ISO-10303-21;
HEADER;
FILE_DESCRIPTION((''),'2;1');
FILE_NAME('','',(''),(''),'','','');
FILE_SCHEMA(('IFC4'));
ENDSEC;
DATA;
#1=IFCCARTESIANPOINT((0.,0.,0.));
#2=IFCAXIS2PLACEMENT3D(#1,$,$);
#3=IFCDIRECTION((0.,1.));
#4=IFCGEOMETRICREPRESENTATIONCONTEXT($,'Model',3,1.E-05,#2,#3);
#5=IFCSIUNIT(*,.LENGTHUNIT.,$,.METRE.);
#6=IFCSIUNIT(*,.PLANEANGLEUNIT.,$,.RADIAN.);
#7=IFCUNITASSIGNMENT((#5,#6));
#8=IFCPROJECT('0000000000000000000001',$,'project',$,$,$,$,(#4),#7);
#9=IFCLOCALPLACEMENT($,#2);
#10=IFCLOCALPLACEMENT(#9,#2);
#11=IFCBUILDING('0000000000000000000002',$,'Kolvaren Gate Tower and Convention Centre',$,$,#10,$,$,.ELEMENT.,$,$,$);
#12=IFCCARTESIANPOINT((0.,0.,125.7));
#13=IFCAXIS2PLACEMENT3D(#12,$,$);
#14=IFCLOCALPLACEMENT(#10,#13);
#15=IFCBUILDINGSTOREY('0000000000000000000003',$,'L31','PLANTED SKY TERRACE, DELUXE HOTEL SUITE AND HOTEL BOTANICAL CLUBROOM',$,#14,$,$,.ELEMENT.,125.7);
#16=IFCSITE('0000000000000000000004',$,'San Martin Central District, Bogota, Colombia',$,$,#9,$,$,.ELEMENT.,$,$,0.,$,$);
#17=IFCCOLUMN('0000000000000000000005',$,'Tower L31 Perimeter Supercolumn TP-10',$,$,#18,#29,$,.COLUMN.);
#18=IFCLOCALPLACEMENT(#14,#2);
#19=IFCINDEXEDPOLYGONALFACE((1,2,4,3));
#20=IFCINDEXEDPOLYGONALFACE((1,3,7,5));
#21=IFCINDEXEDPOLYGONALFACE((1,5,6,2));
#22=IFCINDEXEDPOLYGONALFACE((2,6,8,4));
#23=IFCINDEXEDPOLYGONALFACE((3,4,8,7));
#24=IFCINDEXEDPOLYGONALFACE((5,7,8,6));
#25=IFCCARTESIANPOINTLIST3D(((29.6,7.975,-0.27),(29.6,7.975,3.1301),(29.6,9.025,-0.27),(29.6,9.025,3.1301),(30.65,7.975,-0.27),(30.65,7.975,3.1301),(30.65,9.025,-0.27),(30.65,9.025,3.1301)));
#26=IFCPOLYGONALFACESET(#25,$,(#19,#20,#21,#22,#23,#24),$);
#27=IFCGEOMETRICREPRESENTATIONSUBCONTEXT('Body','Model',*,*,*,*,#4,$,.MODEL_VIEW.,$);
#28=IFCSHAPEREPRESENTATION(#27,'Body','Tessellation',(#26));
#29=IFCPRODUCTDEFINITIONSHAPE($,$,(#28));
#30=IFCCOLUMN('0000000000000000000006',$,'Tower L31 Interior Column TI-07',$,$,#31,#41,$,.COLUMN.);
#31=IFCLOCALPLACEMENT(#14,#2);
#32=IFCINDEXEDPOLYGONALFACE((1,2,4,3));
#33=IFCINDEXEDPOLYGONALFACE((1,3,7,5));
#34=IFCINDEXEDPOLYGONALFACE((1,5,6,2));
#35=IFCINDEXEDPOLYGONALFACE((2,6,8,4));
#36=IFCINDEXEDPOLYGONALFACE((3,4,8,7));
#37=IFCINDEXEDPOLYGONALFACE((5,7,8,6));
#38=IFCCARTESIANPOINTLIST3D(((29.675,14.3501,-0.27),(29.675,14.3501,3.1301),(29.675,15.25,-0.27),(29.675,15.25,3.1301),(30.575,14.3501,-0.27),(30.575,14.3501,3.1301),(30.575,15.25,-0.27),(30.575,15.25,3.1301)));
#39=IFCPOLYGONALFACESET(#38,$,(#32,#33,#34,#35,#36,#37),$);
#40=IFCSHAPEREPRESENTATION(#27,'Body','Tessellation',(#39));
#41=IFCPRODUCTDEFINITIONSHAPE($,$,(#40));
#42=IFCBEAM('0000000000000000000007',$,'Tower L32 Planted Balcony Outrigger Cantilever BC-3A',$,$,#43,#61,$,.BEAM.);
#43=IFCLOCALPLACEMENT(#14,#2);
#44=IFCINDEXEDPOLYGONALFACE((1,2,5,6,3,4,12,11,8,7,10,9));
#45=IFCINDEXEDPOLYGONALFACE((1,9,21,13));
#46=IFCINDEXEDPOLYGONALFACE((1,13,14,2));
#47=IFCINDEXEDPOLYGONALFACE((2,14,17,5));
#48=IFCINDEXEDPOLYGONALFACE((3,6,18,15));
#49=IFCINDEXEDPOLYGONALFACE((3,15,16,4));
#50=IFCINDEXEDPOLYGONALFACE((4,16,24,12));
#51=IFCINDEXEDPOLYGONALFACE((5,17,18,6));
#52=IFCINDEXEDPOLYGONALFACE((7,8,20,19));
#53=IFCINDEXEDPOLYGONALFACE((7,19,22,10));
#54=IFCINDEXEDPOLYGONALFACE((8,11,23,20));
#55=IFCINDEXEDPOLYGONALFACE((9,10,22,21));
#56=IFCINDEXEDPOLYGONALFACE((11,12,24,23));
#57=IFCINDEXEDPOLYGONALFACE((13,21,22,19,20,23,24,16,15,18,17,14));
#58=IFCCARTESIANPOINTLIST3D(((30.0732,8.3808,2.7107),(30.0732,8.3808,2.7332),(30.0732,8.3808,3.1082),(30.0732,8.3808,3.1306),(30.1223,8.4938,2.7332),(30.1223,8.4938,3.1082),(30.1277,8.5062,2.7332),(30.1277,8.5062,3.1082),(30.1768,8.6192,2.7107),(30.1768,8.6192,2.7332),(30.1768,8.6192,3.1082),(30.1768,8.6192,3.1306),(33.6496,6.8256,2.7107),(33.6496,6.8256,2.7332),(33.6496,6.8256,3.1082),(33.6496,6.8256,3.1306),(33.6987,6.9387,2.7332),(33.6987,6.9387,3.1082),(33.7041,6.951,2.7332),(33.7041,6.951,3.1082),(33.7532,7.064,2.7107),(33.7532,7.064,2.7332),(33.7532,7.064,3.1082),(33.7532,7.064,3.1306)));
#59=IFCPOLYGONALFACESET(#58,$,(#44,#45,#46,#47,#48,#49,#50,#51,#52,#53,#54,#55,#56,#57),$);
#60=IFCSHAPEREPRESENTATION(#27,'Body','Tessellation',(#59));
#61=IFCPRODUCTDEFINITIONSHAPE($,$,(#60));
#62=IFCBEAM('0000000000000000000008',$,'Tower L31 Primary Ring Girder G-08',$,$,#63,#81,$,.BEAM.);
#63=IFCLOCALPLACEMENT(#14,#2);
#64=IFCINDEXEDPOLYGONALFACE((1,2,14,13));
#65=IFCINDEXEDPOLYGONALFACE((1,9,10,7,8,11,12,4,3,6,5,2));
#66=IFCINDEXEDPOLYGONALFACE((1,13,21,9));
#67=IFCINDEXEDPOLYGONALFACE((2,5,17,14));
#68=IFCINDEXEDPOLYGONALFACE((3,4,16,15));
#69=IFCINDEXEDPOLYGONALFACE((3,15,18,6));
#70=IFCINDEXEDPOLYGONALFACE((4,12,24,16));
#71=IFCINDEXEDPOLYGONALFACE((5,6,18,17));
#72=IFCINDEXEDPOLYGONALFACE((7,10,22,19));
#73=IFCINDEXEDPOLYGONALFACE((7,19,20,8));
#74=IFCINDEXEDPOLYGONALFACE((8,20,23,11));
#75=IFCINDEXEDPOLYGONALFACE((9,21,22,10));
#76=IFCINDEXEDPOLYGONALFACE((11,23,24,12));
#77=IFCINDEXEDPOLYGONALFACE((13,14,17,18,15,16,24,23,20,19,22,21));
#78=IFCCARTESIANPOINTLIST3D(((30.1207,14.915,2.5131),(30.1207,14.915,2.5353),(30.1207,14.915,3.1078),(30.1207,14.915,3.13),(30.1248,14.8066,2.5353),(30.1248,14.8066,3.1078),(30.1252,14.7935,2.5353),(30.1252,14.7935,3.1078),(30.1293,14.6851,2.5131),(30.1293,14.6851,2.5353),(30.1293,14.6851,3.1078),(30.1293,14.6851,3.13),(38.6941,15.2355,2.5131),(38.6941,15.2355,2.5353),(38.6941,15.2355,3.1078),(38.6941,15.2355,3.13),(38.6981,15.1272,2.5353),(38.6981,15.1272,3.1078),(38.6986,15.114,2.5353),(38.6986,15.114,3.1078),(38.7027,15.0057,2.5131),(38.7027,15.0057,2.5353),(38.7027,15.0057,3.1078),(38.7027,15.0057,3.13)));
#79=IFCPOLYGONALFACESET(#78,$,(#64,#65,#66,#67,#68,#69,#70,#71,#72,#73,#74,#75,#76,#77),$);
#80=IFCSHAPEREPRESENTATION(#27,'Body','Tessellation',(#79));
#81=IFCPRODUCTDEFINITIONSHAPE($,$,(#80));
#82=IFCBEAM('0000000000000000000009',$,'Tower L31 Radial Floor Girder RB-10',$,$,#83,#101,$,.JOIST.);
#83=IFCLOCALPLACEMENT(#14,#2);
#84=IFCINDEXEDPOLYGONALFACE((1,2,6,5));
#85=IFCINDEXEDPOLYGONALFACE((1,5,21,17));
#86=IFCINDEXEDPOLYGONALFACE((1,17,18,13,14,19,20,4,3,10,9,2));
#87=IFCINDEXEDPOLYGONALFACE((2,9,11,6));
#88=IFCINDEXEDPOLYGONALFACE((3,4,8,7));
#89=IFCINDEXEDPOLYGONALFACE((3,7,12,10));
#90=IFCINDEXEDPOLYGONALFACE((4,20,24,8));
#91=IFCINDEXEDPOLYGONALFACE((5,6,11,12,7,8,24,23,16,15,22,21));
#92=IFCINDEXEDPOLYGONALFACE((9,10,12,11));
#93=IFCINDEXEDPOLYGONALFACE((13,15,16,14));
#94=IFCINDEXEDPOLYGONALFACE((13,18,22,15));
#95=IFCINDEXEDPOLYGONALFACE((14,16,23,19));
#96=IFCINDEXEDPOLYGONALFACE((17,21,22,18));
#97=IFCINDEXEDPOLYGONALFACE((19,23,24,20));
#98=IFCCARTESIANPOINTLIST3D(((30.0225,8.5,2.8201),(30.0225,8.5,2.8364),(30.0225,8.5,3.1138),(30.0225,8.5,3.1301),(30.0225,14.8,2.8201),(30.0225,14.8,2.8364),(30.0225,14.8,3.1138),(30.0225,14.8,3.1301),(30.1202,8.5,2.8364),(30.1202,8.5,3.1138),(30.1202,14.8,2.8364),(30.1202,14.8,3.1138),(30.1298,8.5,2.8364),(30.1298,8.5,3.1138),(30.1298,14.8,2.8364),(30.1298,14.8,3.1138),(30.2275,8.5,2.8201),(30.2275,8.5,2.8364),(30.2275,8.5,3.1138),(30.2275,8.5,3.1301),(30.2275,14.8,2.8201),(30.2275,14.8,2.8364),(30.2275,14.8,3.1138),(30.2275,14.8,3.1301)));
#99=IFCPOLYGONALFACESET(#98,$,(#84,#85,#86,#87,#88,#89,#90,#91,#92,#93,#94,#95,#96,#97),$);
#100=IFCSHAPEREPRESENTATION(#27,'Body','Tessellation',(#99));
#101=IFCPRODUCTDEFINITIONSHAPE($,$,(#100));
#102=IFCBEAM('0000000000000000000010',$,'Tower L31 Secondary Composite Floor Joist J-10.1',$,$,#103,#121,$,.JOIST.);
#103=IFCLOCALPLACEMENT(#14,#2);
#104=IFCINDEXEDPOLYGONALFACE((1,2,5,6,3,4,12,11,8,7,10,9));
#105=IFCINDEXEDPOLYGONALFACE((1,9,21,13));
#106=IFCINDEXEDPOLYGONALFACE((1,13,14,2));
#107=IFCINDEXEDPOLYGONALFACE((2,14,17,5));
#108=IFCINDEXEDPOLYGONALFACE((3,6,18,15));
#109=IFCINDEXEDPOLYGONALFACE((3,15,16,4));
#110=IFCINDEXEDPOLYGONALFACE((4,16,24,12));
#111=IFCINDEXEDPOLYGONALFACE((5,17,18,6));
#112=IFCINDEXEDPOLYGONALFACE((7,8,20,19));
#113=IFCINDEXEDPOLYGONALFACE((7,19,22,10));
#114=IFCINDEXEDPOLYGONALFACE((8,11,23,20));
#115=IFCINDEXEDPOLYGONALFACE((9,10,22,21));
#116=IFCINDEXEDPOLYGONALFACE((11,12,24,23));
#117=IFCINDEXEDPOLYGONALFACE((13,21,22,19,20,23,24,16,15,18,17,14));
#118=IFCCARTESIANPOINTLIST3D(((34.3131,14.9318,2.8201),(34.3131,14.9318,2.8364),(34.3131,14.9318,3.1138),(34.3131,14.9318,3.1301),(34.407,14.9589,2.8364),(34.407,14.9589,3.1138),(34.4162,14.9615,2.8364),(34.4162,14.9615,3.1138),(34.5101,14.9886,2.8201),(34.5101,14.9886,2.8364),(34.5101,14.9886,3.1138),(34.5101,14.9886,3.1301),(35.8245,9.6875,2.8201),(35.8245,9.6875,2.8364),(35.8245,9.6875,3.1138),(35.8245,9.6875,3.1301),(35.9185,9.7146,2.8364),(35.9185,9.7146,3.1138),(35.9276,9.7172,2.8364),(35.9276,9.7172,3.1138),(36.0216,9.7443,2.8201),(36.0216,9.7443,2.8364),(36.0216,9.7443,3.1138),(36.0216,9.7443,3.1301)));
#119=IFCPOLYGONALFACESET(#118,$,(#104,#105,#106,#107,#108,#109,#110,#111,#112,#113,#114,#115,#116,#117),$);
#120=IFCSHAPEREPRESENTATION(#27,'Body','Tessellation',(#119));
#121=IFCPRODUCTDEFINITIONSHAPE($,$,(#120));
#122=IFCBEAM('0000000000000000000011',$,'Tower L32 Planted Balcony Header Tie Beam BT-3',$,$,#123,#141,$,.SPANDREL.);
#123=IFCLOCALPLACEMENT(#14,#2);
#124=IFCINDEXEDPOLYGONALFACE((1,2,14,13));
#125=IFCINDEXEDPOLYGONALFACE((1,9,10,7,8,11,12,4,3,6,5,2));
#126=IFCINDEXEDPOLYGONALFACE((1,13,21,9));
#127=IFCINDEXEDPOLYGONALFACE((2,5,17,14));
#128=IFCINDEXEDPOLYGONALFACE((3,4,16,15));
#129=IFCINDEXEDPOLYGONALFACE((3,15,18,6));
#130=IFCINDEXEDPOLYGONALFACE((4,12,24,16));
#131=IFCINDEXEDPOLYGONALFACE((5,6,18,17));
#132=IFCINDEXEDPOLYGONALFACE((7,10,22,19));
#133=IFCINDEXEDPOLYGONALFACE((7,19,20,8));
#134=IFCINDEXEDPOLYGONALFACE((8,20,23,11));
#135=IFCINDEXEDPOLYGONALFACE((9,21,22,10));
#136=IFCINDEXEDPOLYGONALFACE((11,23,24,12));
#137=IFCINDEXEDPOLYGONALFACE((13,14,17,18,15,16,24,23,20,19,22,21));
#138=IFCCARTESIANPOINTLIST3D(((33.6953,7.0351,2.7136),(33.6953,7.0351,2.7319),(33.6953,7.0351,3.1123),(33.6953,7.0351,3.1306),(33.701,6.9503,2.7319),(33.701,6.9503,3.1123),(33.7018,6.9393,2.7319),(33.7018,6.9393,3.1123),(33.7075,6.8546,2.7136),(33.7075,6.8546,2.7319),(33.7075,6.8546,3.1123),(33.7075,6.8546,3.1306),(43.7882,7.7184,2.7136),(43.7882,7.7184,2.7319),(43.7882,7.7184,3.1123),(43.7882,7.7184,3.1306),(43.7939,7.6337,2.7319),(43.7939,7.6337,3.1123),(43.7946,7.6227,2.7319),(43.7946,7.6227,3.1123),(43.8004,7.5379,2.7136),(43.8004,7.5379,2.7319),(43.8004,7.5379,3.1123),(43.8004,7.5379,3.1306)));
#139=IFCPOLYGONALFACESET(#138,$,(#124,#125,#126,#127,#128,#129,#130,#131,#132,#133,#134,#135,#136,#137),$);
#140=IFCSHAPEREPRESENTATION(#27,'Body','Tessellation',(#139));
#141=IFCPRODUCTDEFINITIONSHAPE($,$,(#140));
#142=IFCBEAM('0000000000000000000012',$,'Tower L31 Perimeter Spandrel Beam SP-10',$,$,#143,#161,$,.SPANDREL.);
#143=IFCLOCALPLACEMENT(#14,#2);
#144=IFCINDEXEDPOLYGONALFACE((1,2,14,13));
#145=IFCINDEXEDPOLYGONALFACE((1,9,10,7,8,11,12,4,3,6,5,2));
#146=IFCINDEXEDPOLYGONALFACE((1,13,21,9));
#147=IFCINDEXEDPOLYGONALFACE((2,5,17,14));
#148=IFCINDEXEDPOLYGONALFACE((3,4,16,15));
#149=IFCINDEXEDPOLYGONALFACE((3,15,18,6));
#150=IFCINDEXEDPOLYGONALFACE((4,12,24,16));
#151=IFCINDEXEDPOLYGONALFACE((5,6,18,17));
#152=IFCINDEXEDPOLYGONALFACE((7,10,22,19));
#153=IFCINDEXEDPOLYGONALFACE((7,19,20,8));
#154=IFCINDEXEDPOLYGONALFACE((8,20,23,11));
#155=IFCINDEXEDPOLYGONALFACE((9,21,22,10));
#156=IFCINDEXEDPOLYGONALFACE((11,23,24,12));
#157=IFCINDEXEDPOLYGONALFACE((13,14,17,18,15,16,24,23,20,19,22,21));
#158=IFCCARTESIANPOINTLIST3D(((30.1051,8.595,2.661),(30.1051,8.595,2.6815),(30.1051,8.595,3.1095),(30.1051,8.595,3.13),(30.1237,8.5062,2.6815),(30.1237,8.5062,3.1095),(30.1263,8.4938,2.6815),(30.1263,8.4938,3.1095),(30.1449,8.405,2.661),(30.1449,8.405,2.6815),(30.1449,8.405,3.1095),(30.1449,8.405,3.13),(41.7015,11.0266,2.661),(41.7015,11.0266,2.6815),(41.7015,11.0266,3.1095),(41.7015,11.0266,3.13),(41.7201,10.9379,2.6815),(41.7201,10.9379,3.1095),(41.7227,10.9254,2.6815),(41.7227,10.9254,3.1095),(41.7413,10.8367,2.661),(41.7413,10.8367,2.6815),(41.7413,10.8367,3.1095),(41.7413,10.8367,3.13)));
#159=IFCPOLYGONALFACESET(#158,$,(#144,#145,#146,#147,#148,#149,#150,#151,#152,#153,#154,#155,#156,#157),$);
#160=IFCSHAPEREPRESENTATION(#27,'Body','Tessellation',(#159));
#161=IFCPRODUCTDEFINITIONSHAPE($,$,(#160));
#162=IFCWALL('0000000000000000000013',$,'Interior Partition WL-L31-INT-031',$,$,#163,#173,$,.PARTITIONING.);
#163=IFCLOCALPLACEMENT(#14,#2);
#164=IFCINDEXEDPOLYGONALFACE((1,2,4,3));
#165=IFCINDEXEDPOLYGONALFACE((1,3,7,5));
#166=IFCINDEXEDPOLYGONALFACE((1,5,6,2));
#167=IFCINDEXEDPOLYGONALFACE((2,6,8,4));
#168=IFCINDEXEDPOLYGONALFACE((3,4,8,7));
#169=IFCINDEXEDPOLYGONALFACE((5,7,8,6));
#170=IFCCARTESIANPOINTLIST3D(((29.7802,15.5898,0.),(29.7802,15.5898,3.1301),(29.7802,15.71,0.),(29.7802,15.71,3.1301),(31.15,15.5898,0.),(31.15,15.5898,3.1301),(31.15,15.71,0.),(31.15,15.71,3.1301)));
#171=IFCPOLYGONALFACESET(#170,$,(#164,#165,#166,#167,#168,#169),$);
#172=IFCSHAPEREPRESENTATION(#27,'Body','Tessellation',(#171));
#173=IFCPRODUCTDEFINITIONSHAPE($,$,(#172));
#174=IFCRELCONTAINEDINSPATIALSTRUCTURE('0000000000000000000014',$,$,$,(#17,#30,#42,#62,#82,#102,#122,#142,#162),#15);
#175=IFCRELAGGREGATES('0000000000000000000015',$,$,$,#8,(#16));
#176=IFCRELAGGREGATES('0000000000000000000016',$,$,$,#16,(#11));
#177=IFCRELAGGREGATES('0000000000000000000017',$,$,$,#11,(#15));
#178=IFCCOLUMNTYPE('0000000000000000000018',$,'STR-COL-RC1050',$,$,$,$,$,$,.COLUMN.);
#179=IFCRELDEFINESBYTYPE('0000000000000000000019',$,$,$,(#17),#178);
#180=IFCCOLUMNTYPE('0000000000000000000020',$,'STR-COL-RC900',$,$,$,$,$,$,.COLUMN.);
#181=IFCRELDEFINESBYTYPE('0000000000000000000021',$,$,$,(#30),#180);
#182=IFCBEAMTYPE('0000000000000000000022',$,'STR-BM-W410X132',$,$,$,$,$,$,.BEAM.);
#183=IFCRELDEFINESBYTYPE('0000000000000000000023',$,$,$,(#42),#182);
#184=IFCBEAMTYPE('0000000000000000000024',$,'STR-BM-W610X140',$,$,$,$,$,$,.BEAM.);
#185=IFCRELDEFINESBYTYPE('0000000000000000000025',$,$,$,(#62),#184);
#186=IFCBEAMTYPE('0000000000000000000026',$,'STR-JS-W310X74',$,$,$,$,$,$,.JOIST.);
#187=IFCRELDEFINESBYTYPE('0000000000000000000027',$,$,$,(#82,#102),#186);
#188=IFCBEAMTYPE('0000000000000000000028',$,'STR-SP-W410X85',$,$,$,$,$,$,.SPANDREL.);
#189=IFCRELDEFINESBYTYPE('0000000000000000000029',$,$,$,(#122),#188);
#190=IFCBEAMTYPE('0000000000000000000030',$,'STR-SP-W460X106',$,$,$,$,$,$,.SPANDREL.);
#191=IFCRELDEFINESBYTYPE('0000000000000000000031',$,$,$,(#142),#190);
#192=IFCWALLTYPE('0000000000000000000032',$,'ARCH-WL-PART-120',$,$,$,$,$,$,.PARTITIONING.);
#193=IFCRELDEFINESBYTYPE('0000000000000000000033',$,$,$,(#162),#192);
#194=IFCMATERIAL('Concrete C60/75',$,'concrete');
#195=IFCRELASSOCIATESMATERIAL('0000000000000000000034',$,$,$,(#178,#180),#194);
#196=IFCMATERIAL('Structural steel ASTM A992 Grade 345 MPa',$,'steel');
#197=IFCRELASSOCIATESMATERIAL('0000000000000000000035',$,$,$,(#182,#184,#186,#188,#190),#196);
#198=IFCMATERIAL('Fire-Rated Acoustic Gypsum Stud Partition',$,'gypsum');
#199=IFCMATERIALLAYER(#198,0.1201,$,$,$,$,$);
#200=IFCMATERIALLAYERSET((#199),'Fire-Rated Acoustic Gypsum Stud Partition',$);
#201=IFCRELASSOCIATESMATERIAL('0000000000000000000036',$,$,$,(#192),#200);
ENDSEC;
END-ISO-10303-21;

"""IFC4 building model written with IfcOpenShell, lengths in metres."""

from ifc_helpers import new_model, si_unit, direction, frame, frame_2d, origin, origin_2d, place, context, subcontext, project, spatial, rectangle, i_section, extrude, material, layer, layer_set, material_profile, profile_set, type_object, element, save


model = new_model("IFC4")

# Units and contexts
model_context = context("Model", 3, precision=1e-05, world=origin(), true_north=direction((0.0, 1.0)))
body_context = subcontext(model_context, "Body", "Model", "MODEL_VIEW")
ifc_project = project(units=[si_unit("LENGTHUNIT", "METRE"), si_unit("PLANEANGLEUNIT", "RADIAN")], contexts=[model_context])

# Site, building, storey
site_placement = place(None, origin())
site = spatial("IfcSite", under=ifc_project, at=site_placement, Name="San Martin Central District, Bogota, Colombia", CompositionType="ELEMENT", RefElevation=0.0)
building_placement = place(site_placement, origin())
building = spatial("IfcBuilding", under=site, at=building_placement, Name="Kolvaren Gate Tower and Convention Centre", CompositionType="ELEMENT")
storey_placement = place(building_placement, frame((0.0, 0.0, 125.7)))
storey = spatial("IfcBuildingStorey", under=building, at=storey_placement, Name="L31", Description="PLANTED SKY TERRACE, DELUXE HOTEL SUITE AND HOTEL BOTANICAL CLUBROOM", CompositionType="ELEMENT", Elevation=125.7)

# Columns
ifc_material_1 = material(Name="Concrete C60/75", Category="concrete")
ifc_material_profile_1 = material_profile(ifc_material_1, rectangle(XDim=1.05, YDim=1.05, at=origin_2d()), Name="RC-COL-1050X1050")
ifc_profile_set_1 = profile_set([ifc_material_profile_1], Name="Concrete C60/75")
column_type_1 = type_object("IfcColumnType", Name="STR-COL-RC1050", PredefinedType="COLUMN", material=ifc_profile_set_1)
column_1_placement = place(storey_placement, frame((30.125, 8.5, -0.27), z_axis=(0.0, 0.0, 1.0), x_axis=(1.0, 0.0, 0.0)))
element("IfcColumn", 1, at=column_1_placement, inside=storey, type_object=column_type_1, Name="Tower L31 Perimeter Supercolumn TP-10", PredefinedType="COLUMN", context=body_context, shape_type="SweptSolid", body=[
    extrude(rectangle(XDim=1.05, YDim=1.05, at=origin_2d()), origin(), (0.0, 0.0, 1.0), 3.4001),
])
ifc_material_profile_2 = material_profile(ifc_material_1, rectangle(XDim=0.8999, YDim=0.8999, at=origin_2d()), Name="RC-COL-900X900")
ifc_profile_set_2 = profile_set([ifc_material_profile_2], Name="Concrete C60/75")
column_type_2 = type_object("IfcColumnType", Name="STR-COL-RC900", PredefinedType="COLUMN", material=ifc_profile_set_2)
column_2_placement = place(storey_placement, frame((30.125, 14.8, -0.27), z_axis=(0.0, 0.0, 1.0), x_axis=(1.0, 0.0, 0.0)))
element("IfcColumn", 2, at=column_2_placement, inside=storey, type_object=column_type_2, Name="Tower L31 Interior Column TI-07", PredefinedType="COLUMN", context=body_context, shape_type="SweptSolid", body=[
    extrude(rectangle(XDim=0.8999, YDim=0.8999, at=origin_2d()), origin(), (0.0, 0.0, 1.0), 3.4001),
])

# Beams
ifc_material_2 = material(Name="Structural steel ASTM A992 Grade 345 MPa", Category="steel")
ifc_material_profile_3 = material_profile(ifc_material_2, i_section(OverallWidth=0.26, OverallDepth=0.4199, WebThickness=0.0134, FlangeThickness=0.0225, at=origin_2d()), Name="W410X132")
ifc_profile_set_3 = profile_set([ifc_material_profile_3], Name="Structural steel ASTM A992 Grade 345 MPa")
beam_type_1 = type_object("IfcBeamType", Name="STR-BM-W410X132", PredefinedType="BEAM", material=ifc_profile_set_3)
beam_1_placement = place(storey_placement, frame((30.125, 8.5, 2.9207), z_axis=(0.91705, -0.398772, 0.0), x_axis=(0.398772, 0.91705, 0.0)))
element("IfcBeam", 3, at=beam_1_placement, inside=storey, type_object=beam_type_1, Name="Tower L32 Planted Balcony Outrigger Cantilever BC-3A", PredefinedType="BEAM", context=body_context, shape_type="SweptSolid", body=[
    extrude(i_section(OverallWidth=0.26, OverallDepth=0.4199, WebThickness=0.0134, FlangeThickness=0.0225, at=origin_2d()), origin(), (0.0, 0.0, 1.0), 3.8999),
])
ifc_material_profile_4 = material_profile(ifc_material_2, i_section(OverallWidth=0.23, OverallDepth=0.6169, WebThickness=0.0132, FlangeThickness=0.0222, at=origin_2d()), Name="W610X140")
ifc_profile_set_4 = profile_set([ifc_material_profile_4], Name="Structural steel ASTM A992 Grade 345 MPa")
beam_type_2 = type_object("IfcBeamType", Name="STR-BM-W610X140", PredefinedType="BEAM", material=ifc_profile_set_4)
beam_2_placement = place(storey_placement, frame((30.125, 14.8, 2.8215), z_axis=(0.999302, 0.037364, 0.0), x_axis=(-0.037364, 0.999302, 0.0)))
element("IfcBeam", 4, at=beam_2_placement, inside=storey, type_object=beam_type_2, Name="Tower L31 Primary Ring Girder G-08", PredefinedType="BEAM", context=body_context, shape_type="SweptSolid", body=[
    extrude(i_section(OverallWidth=0.23, OverallDepth=0.6169, WebThickness=0.0132, FlangeThickness=0.0222, at=origin_2d()), origin(), (0.0, 0.0, 1.0), 8.5793),
])
ifc_material_profile_5 = material_profile(ifc_material_2, i_section(OverallWidth=0.2051, OverallDepth=0.3101, WebThickness=0.0095, FlangeThickness=0.0164, at=origin_2d()), Name="W310X74")
ifc_profile_set_5 = profile_set([ifc_material_profile_5], Name="Structural steel ASTM A992 Grade 345 MPa")
beam_type_3 = type_object("IfcBeamType", Name="STR-JS-W310X74", PredefinedType="JOIST", material=ifc_profile_set_5)
beam_3_placement = place(storey_placement, frame((30.125, 14.8, 2.9751), z_axis=(0.0, -1.0, 0.0), x_axis=(1.0, 0.0, 0.0)))
element("IfcBeam", 5, at=beam_3_placement, inside=storey, type_object=beam_type_3, Name="Tower L31 Radial Floor Girder RB-10", PredefinedType="JOIST", context=body_context, shape_type="SweptSolid", body=[
    extrude(i_section(OverallWidth=0.2051, OverallDepth=0.3101, WebThickness=0.0095, FlangeThickness=0.0164, at=origin_2d()), origin(), (0.0, 0.0, 1.0), 6.3),
])
beam_4_placement = place(storey_placement, frame((34.4116, 14.9602, 2.9751), z_axis=(0.276936, -0.960888, 0.0), x_axis=(0.960888, 0.276936, 0.0)))
element("IfcBeam", 6, at=beam_4_placement, inside=storey, type_object=beam_type_3, Name="Tower L31 Secondary Composite Floor Joist J-10.1", PredefinedType="JOIST", context=body_context, shape_type="SweptSolid", body=[
    extrude(i_section(OverallWidth=0.2051, OverallDepth=0.3101, WebThickness=0.0095, FlangeThickness=0.0164, at=origin_2d()), origin(), (0.0, 0.0, 1.0), 5.4578),
])
ifc_material_profile_6 = material_profile(ifc_material_2, i_section(OverallWidth=0.1809, OverallDepth=0.417, WebThickness=0.011, FlangeThickness=0.0183, at=origin_2d()), Name="W410X85")
ifc_profile_set_6 = profile_set([ifc_material_profile_6], Name="Structural steel ASTM A992 Grade 345 MPa")
beam_type_4 = type_object("IfcBeamType", Name="STR-SP-W410X85", PredefinedType="SPANDREL", material=ifc_profile_set_6)
beam_5_placement = place(storey_placement, frame((33.7014, 6.9448, 2.9221), z_axis=(0.997716, 0.067552, 0.0), x_axis=(-0.067552, 0.997716, 0.0)))
element("IfcBeam", 7, at=beam_5_placement, inside=storey, type_object=beam_type_4, Name="Tower L32 Planted Balcony Header Tie Beam BT-3", PredefinedType="SPANDREL", context=body_context, shape_type="SweptSolid", body=[
    extrude(i_section(OverallWidth=0.1809, OverallDepth=0.417, WebThickness=0.011, FlangeThickness=0.0183, at=origin_2d()), origin(), (0.0, 0.0, 1.0), 10.116),
])
ifc_material_profile_7 = material_profile(ifc_material_2, i_section(OverallWidth=0.1941, OverallDepth=0.469, WebThickness=0.0127, FlangeThickness=0.0205, at=origin_2d()), Name="W460X106")
ifc_profile_set_7 = profile_set([ifc_material_profile_7], Name="Structural steel ASTM A992 Grade 345 MPa")
beam_type_5 = type_object("IfcBeamType", Name="STR-SP-W460X106", PredefinedType="SPANDREL", material=ifc_profile_set_7)
beam_6_placement = place(storey_placement, frame((30.125, 8.5, 2.8955), z_axis=(0.978715, 0.205225, 0.0), x_axis=(-0.205225, 0.978715, 0.0)))
element("IfcBeam", 8, at=beam_6_placement, inside=storey, type_object=beam_type_5, Name="Tower L31 Perimeter Spandrel Beam SP-10", PredefinedType="SPANDREL", context=body_context, shape_type="SweptSolid", body=[
    extrude(i_section(OverallWidth=0.1941, OverallDepth=0.469, WebThickness=0.0127, FlangeThickness=0.0205, at=origin_2d()), origin(), (0.0, 0.0, 1.0), 11.8486),
])

# Wall
ifc_material_3 = material(Name="Fire-Rated Acoustic Gypsum Stud Partition", Category="gypsum")
ifc_layer_1 = layer(ifc_material_3, 0.1201)
ifc_layer_set_1 = layer_set([ifc_layer_1], Name="Fire-Rated Acoustic Gypsum Stud Partition")
wall_type_1 = type_object("IfcWallType", Name="ARCH-WL-PART-120", PredefinedType="PARTITIONING", material=ifc_layer_set_1)
wall_1_placement = place(storey_placement, frame((29.78, 15.6499, 0.0), z_axis=(0.0, 0.0, 1.0), x_axis=(1.0, 0.0, 0.0)))
element("IfcWall", 9, at=wall_1_placement, inside=storey, type_object=wall_type_1, Name="Interior Partition WL-L31-INT-031", PredefinedType="PARTITIONING", context=body_context, shape_type="SweptSolid", body=[
    extrude(rectangle(XDim=1.3699, YDim=0.1201, at=frame_2d((0.6851, 0.0))), origin(), (0.0, 0.0, 1.0), 3.1301),
])

save(model, "model.ifc")
